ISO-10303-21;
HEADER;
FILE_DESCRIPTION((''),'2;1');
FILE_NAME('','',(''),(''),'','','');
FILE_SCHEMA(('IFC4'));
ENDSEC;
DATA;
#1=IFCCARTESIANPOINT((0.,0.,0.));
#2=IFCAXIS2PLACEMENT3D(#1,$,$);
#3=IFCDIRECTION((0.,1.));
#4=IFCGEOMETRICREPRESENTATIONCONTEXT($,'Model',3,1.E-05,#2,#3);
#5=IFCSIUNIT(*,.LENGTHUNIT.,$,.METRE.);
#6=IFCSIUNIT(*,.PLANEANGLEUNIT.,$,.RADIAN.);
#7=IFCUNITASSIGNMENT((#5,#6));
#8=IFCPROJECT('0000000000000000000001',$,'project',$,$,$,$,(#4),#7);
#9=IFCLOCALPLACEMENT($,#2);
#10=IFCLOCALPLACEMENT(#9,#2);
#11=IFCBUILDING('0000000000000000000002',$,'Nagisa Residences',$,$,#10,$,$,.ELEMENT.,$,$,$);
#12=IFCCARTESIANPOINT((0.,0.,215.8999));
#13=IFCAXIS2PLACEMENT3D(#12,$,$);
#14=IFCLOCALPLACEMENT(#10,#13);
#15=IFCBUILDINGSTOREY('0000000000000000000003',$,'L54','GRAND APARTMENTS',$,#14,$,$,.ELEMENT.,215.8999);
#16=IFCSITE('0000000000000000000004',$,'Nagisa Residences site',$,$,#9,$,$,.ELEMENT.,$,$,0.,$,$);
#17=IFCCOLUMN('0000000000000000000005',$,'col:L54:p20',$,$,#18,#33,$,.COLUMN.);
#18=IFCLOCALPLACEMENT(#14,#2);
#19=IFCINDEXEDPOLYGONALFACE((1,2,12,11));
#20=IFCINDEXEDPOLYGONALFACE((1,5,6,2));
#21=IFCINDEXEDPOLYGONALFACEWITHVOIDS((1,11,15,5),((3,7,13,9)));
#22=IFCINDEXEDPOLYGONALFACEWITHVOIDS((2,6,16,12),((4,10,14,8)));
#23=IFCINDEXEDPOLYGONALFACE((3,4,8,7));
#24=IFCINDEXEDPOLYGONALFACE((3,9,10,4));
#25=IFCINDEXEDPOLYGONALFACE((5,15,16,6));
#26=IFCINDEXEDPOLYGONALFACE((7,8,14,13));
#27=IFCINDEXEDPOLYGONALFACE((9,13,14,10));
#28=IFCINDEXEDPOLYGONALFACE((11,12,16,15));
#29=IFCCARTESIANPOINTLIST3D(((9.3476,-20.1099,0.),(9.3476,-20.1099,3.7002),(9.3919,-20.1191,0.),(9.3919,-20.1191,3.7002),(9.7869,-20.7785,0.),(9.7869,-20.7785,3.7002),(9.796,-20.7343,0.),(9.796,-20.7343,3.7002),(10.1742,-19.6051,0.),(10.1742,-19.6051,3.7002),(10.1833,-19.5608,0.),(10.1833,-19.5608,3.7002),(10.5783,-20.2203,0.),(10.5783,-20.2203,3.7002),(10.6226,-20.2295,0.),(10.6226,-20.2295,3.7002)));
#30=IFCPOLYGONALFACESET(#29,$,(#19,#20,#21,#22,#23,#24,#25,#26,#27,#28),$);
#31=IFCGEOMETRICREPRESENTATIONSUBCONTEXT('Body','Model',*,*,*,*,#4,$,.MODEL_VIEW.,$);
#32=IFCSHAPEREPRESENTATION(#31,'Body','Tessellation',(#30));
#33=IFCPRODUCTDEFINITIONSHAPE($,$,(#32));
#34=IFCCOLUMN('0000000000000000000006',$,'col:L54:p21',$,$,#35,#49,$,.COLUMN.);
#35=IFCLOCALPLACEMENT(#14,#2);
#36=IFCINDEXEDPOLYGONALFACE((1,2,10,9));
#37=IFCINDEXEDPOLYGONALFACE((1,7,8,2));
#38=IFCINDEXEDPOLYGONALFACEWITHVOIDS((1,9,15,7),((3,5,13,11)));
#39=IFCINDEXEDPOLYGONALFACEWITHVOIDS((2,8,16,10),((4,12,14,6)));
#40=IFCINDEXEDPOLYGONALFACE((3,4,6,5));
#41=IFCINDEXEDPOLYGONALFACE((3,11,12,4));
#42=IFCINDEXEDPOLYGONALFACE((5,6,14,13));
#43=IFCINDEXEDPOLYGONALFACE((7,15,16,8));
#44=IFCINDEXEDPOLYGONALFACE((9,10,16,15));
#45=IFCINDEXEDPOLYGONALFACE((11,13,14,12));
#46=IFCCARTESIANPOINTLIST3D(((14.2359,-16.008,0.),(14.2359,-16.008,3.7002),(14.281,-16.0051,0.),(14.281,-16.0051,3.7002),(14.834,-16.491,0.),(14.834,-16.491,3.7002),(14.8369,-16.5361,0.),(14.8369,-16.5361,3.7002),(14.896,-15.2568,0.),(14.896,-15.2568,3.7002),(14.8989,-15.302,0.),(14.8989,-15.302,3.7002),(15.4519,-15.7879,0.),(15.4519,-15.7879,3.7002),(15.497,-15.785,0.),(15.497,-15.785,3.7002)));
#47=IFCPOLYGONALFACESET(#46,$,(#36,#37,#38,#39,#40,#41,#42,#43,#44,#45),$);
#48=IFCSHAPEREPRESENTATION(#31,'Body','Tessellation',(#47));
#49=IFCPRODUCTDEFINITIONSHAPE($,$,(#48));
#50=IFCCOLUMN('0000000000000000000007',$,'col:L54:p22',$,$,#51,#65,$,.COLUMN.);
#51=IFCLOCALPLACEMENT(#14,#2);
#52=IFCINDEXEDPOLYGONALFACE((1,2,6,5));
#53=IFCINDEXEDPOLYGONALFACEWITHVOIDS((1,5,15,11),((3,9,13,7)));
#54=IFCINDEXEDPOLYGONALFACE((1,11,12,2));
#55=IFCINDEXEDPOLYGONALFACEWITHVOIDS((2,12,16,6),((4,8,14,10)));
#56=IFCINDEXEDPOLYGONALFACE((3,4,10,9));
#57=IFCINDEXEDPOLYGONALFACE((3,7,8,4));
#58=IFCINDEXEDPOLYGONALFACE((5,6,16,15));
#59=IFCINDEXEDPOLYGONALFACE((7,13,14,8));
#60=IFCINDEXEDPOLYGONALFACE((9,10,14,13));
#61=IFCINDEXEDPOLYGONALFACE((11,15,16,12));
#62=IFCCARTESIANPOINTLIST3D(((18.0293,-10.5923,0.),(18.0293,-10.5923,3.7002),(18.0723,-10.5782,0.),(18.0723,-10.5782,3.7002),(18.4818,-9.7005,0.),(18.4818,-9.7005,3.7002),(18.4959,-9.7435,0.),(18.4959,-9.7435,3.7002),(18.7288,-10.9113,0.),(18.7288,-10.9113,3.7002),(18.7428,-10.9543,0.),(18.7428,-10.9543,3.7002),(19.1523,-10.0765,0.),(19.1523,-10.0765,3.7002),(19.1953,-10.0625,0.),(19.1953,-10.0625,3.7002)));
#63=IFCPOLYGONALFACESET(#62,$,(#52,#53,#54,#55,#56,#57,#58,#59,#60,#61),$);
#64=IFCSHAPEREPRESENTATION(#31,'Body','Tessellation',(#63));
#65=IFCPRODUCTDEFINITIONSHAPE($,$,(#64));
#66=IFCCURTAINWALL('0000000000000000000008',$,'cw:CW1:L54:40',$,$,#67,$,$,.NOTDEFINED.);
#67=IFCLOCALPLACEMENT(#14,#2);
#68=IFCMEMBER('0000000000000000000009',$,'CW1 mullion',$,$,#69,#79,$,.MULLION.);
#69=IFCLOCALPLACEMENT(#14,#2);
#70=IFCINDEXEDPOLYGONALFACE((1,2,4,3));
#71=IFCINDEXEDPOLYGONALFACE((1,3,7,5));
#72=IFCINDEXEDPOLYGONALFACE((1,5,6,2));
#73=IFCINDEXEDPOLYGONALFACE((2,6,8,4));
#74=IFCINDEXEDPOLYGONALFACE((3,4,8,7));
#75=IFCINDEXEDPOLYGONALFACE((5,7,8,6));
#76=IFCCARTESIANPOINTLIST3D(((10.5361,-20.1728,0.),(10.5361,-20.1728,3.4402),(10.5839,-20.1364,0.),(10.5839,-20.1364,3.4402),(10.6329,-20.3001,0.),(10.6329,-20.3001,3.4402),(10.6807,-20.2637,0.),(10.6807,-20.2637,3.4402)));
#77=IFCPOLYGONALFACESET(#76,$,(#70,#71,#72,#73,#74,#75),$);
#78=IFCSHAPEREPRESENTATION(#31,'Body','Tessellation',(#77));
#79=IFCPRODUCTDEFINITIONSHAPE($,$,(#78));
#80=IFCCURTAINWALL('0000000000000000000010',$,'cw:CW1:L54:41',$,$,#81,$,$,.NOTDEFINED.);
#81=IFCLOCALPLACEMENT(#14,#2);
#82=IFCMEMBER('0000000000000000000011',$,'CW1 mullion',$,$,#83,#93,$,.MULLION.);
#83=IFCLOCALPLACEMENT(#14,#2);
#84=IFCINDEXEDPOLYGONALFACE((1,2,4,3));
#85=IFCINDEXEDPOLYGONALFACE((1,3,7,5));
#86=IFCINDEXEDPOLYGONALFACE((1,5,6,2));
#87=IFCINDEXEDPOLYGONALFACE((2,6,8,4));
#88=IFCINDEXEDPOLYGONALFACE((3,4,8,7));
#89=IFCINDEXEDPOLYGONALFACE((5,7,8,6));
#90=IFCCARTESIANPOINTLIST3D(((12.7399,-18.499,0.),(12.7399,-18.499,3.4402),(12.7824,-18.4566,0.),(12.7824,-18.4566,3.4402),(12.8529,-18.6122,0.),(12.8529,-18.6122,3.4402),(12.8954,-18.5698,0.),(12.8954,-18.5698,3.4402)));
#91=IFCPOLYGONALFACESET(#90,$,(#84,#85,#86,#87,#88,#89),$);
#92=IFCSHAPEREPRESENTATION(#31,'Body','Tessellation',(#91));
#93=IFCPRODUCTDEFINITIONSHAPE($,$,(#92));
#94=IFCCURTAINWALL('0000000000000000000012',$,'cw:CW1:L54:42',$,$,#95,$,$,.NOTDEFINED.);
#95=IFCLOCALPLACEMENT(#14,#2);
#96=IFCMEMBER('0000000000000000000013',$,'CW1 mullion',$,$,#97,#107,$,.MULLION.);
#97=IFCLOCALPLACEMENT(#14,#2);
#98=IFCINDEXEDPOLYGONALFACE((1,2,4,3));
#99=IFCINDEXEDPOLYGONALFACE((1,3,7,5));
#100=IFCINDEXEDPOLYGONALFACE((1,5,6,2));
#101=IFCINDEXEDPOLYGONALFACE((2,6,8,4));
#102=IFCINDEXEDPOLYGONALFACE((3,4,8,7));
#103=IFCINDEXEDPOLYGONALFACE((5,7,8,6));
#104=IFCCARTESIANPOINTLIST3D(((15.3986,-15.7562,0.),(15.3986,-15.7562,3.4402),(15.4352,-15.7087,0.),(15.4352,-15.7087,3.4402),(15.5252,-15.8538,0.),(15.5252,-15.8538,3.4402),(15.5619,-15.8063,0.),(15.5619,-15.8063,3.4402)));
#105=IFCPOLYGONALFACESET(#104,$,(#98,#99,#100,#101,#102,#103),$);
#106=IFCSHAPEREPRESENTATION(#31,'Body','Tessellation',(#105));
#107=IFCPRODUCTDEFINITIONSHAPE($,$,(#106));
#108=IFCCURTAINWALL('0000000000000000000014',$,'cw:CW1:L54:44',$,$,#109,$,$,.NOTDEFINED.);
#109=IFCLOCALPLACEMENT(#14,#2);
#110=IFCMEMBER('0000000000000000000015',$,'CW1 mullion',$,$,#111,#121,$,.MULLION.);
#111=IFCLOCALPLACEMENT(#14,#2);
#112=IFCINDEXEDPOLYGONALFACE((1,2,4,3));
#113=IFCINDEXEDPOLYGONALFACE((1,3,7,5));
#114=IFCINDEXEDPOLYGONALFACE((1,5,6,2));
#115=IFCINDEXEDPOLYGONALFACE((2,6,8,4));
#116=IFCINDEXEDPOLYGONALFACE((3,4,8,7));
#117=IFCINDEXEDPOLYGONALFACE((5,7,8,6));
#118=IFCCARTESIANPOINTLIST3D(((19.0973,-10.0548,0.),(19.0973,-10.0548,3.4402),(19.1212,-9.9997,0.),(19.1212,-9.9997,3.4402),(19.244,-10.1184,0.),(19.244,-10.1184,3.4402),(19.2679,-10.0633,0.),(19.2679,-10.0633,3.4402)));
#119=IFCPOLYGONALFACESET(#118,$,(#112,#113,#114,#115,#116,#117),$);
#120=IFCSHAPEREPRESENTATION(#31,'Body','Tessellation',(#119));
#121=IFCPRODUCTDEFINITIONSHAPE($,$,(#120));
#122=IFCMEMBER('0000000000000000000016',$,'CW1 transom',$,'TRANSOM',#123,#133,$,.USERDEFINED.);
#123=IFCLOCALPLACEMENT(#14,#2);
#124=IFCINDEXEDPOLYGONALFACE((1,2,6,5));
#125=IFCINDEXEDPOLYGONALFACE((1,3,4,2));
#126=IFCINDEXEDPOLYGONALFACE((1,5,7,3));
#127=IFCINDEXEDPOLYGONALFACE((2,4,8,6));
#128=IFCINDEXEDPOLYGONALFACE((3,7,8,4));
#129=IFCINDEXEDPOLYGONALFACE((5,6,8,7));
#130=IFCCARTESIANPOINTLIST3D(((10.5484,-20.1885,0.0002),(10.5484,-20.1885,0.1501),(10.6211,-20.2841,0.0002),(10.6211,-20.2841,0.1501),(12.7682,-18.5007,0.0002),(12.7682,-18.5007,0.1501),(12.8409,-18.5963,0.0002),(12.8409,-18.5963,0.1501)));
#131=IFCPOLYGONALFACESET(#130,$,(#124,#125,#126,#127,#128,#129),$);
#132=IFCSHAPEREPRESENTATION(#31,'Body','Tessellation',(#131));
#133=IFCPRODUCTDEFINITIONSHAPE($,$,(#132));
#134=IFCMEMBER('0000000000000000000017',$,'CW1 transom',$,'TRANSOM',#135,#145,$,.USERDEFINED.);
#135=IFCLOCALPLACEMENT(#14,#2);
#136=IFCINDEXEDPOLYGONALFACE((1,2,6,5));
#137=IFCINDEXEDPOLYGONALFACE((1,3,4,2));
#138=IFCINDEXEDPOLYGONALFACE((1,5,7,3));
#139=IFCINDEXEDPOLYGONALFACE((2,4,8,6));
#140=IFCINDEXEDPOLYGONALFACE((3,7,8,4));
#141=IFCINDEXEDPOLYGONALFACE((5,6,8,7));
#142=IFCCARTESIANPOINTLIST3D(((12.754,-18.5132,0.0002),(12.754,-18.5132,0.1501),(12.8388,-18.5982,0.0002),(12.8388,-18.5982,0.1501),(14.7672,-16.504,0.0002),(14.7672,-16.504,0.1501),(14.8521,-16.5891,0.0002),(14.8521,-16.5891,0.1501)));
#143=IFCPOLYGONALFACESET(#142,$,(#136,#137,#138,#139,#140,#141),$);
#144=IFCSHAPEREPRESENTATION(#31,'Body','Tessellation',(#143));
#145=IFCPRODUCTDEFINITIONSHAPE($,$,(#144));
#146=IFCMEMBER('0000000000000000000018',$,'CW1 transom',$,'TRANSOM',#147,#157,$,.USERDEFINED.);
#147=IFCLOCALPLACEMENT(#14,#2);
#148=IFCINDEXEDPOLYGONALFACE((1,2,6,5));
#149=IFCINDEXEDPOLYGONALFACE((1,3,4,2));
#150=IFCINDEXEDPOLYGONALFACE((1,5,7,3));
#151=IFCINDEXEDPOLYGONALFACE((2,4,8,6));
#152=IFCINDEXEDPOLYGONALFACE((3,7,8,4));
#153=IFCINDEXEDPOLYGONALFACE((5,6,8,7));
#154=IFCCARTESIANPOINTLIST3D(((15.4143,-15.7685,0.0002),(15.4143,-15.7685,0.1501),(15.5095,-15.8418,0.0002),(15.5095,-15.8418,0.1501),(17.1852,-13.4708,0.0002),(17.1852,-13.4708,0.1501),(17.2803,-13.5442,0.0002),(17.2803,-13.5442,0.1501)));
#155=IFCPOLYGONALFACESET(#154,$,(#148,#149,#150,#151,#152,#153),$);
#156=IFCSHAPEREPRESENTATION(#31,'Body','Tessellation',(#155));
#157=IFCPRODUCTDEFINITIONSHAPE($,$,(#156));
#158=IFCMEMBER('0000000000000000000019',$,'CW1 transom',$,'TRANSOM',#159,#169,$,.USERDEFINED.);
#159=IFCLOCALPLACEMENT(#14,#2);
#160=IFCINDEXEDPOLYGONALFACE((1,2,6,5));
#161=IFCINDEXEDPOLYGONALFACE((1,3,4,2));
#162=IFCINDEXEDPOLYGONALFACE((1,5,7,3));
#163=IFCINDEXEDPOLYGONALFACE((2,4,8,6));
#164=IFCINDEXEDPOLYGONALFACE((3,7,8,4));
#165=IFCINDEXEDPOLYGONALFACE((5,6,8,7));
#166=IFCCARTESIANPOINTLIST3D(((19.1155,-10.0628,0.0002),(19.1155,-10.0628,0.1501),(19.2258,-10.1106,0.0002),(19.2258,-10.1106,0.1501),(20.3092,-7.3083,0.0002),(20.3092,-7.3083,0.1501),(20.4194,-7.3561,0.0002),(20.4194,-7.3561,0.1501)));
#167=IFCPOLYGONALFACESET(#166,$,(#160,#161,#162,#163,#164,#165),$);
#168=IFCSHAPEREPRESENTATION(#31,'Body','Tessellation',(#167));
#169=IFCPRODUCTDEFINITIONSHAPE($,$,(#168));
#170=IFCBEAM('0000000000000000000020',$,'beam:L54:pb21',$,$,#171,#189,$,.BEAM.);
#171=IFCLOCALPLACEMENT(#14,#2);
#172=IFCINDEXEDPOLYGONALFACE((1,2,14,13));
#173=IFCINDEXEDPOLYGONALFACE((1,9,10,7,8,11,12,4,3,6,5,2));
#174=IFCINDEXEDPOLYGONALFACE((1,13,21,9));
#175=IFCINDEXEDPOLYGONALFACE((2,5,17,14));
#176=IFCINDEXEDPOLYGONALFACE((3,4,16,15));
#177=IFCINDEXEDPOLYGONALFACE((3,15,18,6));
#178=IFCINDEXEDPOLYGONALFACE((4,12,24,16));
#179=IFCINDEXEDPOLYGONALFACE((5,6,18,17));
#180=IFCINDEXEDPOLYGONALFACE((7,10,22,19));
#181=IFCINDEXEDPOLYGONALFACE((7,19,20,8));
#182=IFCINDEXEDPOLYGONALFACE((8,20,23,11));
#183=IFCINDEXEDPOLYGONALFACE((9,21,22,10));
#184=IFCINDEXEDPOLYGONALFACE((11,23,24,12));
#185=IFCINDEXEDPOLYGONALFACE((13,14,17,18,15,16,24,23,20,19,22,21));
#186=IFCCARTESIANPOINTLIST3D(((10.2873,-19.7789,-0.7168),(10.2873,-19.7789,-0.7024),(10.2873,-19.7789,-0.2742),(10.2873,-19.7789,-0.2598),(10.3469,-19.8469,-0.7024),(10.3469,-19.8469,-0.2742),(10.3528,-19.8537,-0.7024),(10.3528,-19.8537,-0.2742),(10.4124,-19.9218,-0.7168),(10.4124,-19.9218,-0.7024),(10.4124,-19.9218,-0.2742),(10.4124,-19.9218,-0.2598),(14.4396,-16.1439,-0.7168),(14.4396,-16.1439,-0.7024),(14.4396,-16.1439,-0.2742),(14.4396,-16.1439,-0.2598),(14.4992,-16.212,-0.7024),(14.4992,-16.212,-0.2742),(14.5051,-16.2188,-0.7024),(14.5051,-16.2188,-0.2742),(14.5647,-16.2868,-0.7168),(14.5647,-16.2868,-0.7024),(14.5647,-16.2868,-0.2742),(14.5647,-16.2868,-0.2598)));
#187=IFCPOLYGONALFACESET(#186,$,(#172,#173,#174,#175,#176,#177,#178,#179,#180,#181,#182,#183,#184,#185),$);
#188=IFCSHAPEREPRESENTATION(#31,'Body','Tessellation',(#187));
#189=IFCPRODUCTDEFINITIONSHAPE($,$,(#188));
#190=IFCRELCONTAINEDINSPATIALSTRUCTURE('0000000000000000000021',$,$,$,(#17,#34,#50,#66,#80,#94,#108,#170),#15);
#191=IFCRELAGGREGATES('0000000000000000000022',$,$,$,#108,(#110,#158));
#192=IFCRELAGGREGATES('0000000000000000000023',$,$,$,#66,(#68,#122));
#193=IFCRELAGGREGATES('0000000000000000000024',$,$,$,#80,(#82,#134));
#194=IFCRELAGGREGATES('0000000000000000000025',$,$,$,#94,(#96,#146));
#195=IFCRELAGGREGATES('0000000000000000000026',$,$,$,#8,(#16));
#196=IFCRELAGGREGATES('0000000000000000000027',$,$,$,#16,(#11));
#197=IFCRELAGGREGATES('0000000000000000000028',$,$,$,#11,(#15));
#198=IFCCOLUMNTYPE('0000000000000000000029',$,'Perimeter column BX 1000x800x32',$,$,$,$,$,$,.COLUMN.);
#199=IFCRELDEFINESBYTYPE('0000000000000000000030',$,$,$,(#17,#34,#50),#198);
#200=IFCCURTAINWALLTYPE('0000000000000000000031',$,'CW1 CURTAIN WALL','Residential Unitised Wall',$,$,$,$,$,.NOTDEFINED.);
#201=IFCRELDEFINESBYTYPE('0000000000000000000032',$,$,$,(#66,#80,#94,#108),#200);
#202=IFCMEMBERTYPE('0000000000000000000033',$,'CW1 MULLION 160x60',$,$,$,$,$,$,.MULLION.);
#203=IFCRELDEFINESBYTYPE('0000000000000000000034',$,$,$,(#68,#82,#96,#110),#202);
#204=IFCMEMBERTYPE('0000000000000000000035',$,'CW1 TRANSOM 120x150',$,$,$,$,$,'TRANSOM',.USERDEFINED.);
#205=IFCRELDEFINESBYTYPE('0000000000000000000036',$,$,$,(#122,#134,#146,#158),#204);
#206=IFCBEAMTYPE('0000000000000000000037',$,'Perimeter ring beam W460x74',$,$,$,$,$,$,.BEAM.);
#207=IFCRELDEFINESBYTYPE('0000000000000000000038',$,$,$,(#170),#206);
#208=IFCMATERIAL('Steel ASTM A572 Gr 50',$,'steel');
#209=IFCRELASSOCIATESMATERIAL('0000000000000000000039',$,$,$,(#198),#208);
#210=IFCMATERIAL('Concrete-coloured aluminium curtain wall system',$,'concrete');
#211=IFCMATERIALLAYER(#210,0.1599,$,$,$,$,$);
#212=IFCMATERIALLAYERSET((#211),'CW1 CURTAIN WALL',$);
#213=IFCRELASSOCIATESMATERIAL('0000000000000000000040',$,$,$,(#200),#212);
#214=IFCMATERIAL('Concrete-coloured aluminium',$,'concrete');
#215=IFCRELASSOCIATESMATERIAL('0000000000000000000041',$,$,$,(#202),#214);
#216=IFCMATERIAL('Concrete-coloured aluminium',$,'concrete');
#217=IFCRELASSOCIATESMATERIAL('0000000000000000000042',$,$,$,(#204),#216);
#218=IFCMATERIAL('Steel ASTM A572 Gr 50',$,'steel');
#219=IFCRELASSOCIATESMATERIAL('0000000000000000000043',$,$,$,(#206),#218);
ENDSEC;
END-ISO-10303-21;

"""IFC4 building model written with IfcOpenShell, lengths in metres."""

from ifc_helpers import new_model, si_unit, direction, frame, origin, origin_2d, place, context, subcontext, project, spatial, rectangle, hollow_rectangle, i_section, extrude, material, layer, layer_set, material_profile, profile_set, type_object, element, aggregate, save


model = new_model("IFC4")

# Units and contexts
model_context = context("Model", 3, precision=1e-05, world=origin(), true_north=direction((0.0, 1.0)))
body_context = subcontext(model_context, "Body", "Model", "MODEL_VIEW")
ifc_project = project(units=[si_unit("LENGTHUNIT", "METRE"), si_unit("PLANEANGLEUNIT", "RADIAN")], contexts=[model_context])

# Site, building, storey
site_placement = place(None, origin())
site = spatial("IfcSite", under=ifc_project, at=site_placement, Name="Nagisa Residences site", CompositionType="ELEMENT", RefElevation=0.0)
building_placement = place(site_placement, origin())
building = spatial("IfcBuilding", under=site, at=building_placement, Name="Nagisa Residences", CompositionType="ELEMENT")
storey_placement = place(building_placement, frame((0.0, 0.0, 215.8999)))
storey = spatial("IfcBuildingStorey", under=building, at=storey_placement, Name="L54", Description="GRAND APARTMENTS", CompositionType="ELEMENT", Elevation=215.8999)

# Columns
ifc_material_1 = material(Name="Steel ASTM A572 Gr 50", Category="steel")
ifc_material_profile_1 = material_profile(ifc_material_1, hollow_rectangle(XDim=1.0, YDim=0.8, WallThickness=0.032, at=origin_2d()), Name="BX 1000x800x32")
ifc_profile_set_1 = profile_set([ifc_material_profile_1], Name="Steel ASTM A572 Gr 50")
column_type = type_object("IfcColumnType", Name="Perimeter column BX 1000x800x32", PredefinedType="COLUMN", material=ifc_profile_set_1)
for number, where, z_axis, x_axis, name in (
    (1, (9.9851, -20.1697, 0.0), (0.0, 0.0, 1.0), (0.835766, 0.549086, 0.0), "col:L54:p20"),
    (2, (14.8665, -15.8965, 0.0), (0.0, 0.0, 1.0), (0.660115, 0.751165, 0.0), "col:L54:p21"),
    (3, (18.6123, -10.3274, 0.0), (0.0, 0.0, 1.0), (0.452463, 0.891783, 0.0), "col:L54:p22"),
):
    element("IfcColumn", number, at=place(storey_placement, frame(where, z_axis=z_axis, x_axis=x_axis)), inside=storey, type_object=column_type, Name=name, PredefinedType="COLUMN", context=body_context, shape_type="SweptSolid", body=[
        extrude(hollow_rectangle(XDim=1.0, YDim=0.8, WallThickness=0.032, at=origin_2d()), origin(), (0.0, 0.0, 1.0), 3.7002),
    ])

# Curtain walls, members
ifc_material_2 = material(Name="Concrete-coloured aluminium curtain wall system", Category="concrete")
ifc_layer_1 = layer(ifc_material_2, 0.1599)
ifc_layer_set_1 = layer_set([ifc_layer_1], Name="CW1 CURTAIN WALL")
curtain_wall_type = type_object("IfcCurtainWallType", Name="CW1 CURTAIN WALL", Description="Residential Unitised Wall", PredefinedType="NOTDEFINED", material=ifc_layer_set_1)
curtain_wall_1_placement = place(storey_placement, origin())
curtain_wall_1 = element("IfcCurtainWall", 4, at=curtain_wall_1_placement, inside=storey, type_object=curtain_wall_type, Name="cw:CW1:L54:40", PredefinedType="NOTDEFINED")
ifc_material_3 = material(Name="Concrete-coloured aluminium", Category="concrete")
ifc_material_profile_2 = material_profile(ifc_material_3, rectangle(XDim=0.1599, YDim=0.0601, at=origin_2d()), Name="CW1 MULLION 160x60")
ifc_profile_set_2 = profile_set([ifc_material_profile_2], Name="Concrete-coloured aluminium")
member_type_1 = type_object("IfcMemberType", Name="CW1 MULLION 160x60", PredefinedType="MULLION", material=ifc_profile_set_2)
member_1_placement = place(storey_placement, frame((10.6084, -20.2183, 0.0), z_axis=(0.0, 0.0, 1.0), x_axis=(-0.605255, 0.796031, 0.0)))
member_1 = element("IfcMember", 5, at=member_1_placement, type_object=member_type_1, Name="CW1 mullion", PredefinedType="MULLION", context=body_context, shape_type="SweptSolid", body=[
    extrude(rectangle(XDim=0.1599, YDim=0.0601, at=origin_2d()), origin(), (0.0, 0.0, 1.0), 3.4402),
])
curtain_wall_2_placement = place(storey_placement, origin())
curtain_wall_2 = element("IfcCurtainWall", 6, at=curtain_wall_2_placement, inside=storey, type_object=curtain_wall_type, Name="cw:CW1:L54:41", PredefinedType="NOTDEFINED")
member_2_placement = place(storey_placement, frame((12.8176, -18.5344, 0.0), z_axis=(0.0, 0.0, 1.0), x_axis=(-0.706377, 0.707836, 0.0)))
member_2 = element("IfcMember", 7, at=member_2_placement, type_object=member_type_1, Name="CW1 mullion", PredefinedType="MULLION", context=body_context, shape_type="SweptSolid", body=[
    extrude(rectangle(XDim=0.1599, YDim=0.0601, at=origin_2d()), origin(), (0.0, 0.0, 1.0), 3.4402),
])
curtain_wall_3_placement = place(storey_placement, origin())
curtain_wall_3 = element("IfcCurtainWall", 8, at=curtain_wall_3_placement, inside=storey, type_object=curtain_wall_type, Name="cw:CW1:L54:42", PredefinedType="NOTDEFINED")
member_3_placement = place(storey_placement, frame((15.4802, -15.7812, 0.0), z_axis=(0.0, 0.0, 1.0), x_axis=(-0.79207, 0.61043, 0.0)))
member_3 = element("IfcMember", 9, at=member_3_placement, type_object=member_type_1, Name="CW1 mullion", PredefinedType="MULLION", context=body_context, shape_type="SweptSolid", body=[
    extrude(rectangle(XDim=0.1599, YDim=0.0601, at=origin_2d()), origin(), (0.0, 0.0, 1.0), 3.4402),
])
curtain_wall_4_placement = place(storey_placement, origin())
curtain_wall_4 = element("IfcCurtainWall", 10, at=curtain_wall_4_placement, inside=storey, type_object=curtain_wall_type, Name="cw:CW1:L54:44", PredefinedType="NOTDEFINED")
member_4_placement = place(storey_placement, frame((19.1826, -10.0591, 0.0), z_axis=(0.0, 0.0, 1.0), x_axis=(-0.917543, 0.397636, 0.0)))
member_4 = element("IfcMember", 11, at=member_4_placement, type_object=member_type_1, Name="CW1 mullion", PredefinedType="MULLION", context=body_context, shape_type="SweptSolid", body=[
    extrude(rectangle(XDim=0.1599, YDim=0.0601, at=origin_2d()), origin(), (0.0, 0.0, 1.0), 3.4402),
])

# Members
ifc_material_4 = material(Name="Concrete-coloured aluminium", Category="concrete")
ifc_material_profile_3 = material_profile(ifc_material_4, rectangle(XDim=0.1201, YDim=0.1499, at=origin_2d()), Name="CW1 TRANSOM 120x150")
ifc_profile_set_3 = profile_set([ifc_material_profile_3], Name="Concrete-coloured aluminium")
member_type_2 = type_object("IfcMemberType", Name="CW1 TRANSOM 120x150", ElementType="TRANSOM", PredefinedType="USERDEFINED", material=ifc_profile_set_3)
member_5_placement = place(storey_placement, frame((10.5847, -20.2363, 0.0752), z_axis=(0.796032, 0.605254, 0.0), x_axis=(-0.605254, 0.796032, 0.0)))
member_5 = element("IfcMember", 12, at=member_5_placement, type_object=member_type_2, Name="CW1 transom", ObjectType="TRANSOM", PredefinedType="USERDEFINED", context=body_context, shape_type="SweptSolid", body=[
    extrude(rectangle(XDim=0.1201, YDim=0.1499, at=origin_2d()), origin(), (0.0, 0.0, 1.0), 2.7886),
])
member_6_placement = place(storey_placement, frame((12.7964, -18.5557, 0.0752), z_axis=(0.707836, 0.706377, 0.0), x_axis=(-0.706377, 0.707836, 0.0)))
member_6 = element("IfcMember", 13, at=member_6_placement, type_object=member_type_2, Name="CW1 transom", ObjectType="TRANSOM", PredefinedType="USERDEFINED", context=body_context, shape_type="SweptSolid", body=[
    extrude(rectangle(XDim=0.1201, YDim=0.1499, at=origin_2d()), origin(), (0.0, 0.0, 1.0), 2.8442),
])
member_7_placement = place(storey_placement, frame((15.4619, -15.8052, 0.0752), z_axis=(0.610439, 0.792064, 0.0), x_axis=(-0.792064, 0.610439, 0.0)))
member_7 = element("IfcMember", 14, at=member_7_placement, type_object=member_type_2, Name="CW1 transom", ObjectType="TRANSOM", PredefinedType="USERDEFINED", context=body_context, shape_type="SweptSolid", body=[
    extrude(rectangle(XDim=0.1201, YDim=0.1499, at=origin_2d()), origin(), (0.0, 0.0, 1.0), 2.9009),
])
member_8_placement = place(storey_placement, frame((19.1707, -10.0867, 0.0752), z_axis=(0.397617, 0.917552, 0.0), x_axis=(-0.917552, 0.397617, 0.0)))
member_8 = element("IfcMember", 15, at=member_8_placement, type_object=member_type_2, Name="CW1 transom", ObjectType="TRANSOM", PredefinedType="USERDEFINED", context=body_context, shape_type="SweptSolid", body=[
    extrude(rectangle(XDim=0.1201, YDim=0.1499, at=origin_2d()), origin(), (0.0, 0.0, 1.0), 3.002),
])
aggregate(curtain_wall_4, [member_4, member_8])

# Beam
ifc_material_5 = material(Name="Steel ASTM A572 Gr 50", Category="steel")
ifc_material_profile_4 = material_profile(ifc_material_5, i_section(OverallWidth=0.1899, OverallDepth=0.457, WebThickness=0.009, FlangeThickness=0.0144, at=origin_2d()), Name="W460x74")
ifc_profile_set_4 = profile_set([ifc_material_profile_4], Name="Steel ASTM A572 Gr 50")
beam_type_1 = type_object("IfcBeamType", Name="Perimeter ring beam W460x74", PredefinedType="BEAM", material=ifc_profile_set_4)
beam_1_placement = place(storey_placement, frame((10.3499, -19.8503, -0.4883), z_axis=(0.752423, 0.65868, 0.0), x_axis=(-0.65868, 0.752423, 0.0)))
element("IfcBeam", 16, at=beam_1_placement, inside=storey, type_object=beam_type_1, Name="beam:L54:pb21", PredefinedType="BEAM", context=body_context, shape_type="SweptSolid", body=[
    extrude(i_section(OverallWidth=0.1899, OverallDepth=0.457, WebThickness=0.009, FlangeThickness=0.0144, at=origin_2d()), origin(), (0.0, 0.0, 1.0), 5.5186),
])

aggregate(curtain_wall_1, [member_1, member_5])
aggregate(curtain_wall_2, [member_2, member_6])
aggregate(curtain_wall_3, [member_3, member_7])

save(model, "model.ifc")
